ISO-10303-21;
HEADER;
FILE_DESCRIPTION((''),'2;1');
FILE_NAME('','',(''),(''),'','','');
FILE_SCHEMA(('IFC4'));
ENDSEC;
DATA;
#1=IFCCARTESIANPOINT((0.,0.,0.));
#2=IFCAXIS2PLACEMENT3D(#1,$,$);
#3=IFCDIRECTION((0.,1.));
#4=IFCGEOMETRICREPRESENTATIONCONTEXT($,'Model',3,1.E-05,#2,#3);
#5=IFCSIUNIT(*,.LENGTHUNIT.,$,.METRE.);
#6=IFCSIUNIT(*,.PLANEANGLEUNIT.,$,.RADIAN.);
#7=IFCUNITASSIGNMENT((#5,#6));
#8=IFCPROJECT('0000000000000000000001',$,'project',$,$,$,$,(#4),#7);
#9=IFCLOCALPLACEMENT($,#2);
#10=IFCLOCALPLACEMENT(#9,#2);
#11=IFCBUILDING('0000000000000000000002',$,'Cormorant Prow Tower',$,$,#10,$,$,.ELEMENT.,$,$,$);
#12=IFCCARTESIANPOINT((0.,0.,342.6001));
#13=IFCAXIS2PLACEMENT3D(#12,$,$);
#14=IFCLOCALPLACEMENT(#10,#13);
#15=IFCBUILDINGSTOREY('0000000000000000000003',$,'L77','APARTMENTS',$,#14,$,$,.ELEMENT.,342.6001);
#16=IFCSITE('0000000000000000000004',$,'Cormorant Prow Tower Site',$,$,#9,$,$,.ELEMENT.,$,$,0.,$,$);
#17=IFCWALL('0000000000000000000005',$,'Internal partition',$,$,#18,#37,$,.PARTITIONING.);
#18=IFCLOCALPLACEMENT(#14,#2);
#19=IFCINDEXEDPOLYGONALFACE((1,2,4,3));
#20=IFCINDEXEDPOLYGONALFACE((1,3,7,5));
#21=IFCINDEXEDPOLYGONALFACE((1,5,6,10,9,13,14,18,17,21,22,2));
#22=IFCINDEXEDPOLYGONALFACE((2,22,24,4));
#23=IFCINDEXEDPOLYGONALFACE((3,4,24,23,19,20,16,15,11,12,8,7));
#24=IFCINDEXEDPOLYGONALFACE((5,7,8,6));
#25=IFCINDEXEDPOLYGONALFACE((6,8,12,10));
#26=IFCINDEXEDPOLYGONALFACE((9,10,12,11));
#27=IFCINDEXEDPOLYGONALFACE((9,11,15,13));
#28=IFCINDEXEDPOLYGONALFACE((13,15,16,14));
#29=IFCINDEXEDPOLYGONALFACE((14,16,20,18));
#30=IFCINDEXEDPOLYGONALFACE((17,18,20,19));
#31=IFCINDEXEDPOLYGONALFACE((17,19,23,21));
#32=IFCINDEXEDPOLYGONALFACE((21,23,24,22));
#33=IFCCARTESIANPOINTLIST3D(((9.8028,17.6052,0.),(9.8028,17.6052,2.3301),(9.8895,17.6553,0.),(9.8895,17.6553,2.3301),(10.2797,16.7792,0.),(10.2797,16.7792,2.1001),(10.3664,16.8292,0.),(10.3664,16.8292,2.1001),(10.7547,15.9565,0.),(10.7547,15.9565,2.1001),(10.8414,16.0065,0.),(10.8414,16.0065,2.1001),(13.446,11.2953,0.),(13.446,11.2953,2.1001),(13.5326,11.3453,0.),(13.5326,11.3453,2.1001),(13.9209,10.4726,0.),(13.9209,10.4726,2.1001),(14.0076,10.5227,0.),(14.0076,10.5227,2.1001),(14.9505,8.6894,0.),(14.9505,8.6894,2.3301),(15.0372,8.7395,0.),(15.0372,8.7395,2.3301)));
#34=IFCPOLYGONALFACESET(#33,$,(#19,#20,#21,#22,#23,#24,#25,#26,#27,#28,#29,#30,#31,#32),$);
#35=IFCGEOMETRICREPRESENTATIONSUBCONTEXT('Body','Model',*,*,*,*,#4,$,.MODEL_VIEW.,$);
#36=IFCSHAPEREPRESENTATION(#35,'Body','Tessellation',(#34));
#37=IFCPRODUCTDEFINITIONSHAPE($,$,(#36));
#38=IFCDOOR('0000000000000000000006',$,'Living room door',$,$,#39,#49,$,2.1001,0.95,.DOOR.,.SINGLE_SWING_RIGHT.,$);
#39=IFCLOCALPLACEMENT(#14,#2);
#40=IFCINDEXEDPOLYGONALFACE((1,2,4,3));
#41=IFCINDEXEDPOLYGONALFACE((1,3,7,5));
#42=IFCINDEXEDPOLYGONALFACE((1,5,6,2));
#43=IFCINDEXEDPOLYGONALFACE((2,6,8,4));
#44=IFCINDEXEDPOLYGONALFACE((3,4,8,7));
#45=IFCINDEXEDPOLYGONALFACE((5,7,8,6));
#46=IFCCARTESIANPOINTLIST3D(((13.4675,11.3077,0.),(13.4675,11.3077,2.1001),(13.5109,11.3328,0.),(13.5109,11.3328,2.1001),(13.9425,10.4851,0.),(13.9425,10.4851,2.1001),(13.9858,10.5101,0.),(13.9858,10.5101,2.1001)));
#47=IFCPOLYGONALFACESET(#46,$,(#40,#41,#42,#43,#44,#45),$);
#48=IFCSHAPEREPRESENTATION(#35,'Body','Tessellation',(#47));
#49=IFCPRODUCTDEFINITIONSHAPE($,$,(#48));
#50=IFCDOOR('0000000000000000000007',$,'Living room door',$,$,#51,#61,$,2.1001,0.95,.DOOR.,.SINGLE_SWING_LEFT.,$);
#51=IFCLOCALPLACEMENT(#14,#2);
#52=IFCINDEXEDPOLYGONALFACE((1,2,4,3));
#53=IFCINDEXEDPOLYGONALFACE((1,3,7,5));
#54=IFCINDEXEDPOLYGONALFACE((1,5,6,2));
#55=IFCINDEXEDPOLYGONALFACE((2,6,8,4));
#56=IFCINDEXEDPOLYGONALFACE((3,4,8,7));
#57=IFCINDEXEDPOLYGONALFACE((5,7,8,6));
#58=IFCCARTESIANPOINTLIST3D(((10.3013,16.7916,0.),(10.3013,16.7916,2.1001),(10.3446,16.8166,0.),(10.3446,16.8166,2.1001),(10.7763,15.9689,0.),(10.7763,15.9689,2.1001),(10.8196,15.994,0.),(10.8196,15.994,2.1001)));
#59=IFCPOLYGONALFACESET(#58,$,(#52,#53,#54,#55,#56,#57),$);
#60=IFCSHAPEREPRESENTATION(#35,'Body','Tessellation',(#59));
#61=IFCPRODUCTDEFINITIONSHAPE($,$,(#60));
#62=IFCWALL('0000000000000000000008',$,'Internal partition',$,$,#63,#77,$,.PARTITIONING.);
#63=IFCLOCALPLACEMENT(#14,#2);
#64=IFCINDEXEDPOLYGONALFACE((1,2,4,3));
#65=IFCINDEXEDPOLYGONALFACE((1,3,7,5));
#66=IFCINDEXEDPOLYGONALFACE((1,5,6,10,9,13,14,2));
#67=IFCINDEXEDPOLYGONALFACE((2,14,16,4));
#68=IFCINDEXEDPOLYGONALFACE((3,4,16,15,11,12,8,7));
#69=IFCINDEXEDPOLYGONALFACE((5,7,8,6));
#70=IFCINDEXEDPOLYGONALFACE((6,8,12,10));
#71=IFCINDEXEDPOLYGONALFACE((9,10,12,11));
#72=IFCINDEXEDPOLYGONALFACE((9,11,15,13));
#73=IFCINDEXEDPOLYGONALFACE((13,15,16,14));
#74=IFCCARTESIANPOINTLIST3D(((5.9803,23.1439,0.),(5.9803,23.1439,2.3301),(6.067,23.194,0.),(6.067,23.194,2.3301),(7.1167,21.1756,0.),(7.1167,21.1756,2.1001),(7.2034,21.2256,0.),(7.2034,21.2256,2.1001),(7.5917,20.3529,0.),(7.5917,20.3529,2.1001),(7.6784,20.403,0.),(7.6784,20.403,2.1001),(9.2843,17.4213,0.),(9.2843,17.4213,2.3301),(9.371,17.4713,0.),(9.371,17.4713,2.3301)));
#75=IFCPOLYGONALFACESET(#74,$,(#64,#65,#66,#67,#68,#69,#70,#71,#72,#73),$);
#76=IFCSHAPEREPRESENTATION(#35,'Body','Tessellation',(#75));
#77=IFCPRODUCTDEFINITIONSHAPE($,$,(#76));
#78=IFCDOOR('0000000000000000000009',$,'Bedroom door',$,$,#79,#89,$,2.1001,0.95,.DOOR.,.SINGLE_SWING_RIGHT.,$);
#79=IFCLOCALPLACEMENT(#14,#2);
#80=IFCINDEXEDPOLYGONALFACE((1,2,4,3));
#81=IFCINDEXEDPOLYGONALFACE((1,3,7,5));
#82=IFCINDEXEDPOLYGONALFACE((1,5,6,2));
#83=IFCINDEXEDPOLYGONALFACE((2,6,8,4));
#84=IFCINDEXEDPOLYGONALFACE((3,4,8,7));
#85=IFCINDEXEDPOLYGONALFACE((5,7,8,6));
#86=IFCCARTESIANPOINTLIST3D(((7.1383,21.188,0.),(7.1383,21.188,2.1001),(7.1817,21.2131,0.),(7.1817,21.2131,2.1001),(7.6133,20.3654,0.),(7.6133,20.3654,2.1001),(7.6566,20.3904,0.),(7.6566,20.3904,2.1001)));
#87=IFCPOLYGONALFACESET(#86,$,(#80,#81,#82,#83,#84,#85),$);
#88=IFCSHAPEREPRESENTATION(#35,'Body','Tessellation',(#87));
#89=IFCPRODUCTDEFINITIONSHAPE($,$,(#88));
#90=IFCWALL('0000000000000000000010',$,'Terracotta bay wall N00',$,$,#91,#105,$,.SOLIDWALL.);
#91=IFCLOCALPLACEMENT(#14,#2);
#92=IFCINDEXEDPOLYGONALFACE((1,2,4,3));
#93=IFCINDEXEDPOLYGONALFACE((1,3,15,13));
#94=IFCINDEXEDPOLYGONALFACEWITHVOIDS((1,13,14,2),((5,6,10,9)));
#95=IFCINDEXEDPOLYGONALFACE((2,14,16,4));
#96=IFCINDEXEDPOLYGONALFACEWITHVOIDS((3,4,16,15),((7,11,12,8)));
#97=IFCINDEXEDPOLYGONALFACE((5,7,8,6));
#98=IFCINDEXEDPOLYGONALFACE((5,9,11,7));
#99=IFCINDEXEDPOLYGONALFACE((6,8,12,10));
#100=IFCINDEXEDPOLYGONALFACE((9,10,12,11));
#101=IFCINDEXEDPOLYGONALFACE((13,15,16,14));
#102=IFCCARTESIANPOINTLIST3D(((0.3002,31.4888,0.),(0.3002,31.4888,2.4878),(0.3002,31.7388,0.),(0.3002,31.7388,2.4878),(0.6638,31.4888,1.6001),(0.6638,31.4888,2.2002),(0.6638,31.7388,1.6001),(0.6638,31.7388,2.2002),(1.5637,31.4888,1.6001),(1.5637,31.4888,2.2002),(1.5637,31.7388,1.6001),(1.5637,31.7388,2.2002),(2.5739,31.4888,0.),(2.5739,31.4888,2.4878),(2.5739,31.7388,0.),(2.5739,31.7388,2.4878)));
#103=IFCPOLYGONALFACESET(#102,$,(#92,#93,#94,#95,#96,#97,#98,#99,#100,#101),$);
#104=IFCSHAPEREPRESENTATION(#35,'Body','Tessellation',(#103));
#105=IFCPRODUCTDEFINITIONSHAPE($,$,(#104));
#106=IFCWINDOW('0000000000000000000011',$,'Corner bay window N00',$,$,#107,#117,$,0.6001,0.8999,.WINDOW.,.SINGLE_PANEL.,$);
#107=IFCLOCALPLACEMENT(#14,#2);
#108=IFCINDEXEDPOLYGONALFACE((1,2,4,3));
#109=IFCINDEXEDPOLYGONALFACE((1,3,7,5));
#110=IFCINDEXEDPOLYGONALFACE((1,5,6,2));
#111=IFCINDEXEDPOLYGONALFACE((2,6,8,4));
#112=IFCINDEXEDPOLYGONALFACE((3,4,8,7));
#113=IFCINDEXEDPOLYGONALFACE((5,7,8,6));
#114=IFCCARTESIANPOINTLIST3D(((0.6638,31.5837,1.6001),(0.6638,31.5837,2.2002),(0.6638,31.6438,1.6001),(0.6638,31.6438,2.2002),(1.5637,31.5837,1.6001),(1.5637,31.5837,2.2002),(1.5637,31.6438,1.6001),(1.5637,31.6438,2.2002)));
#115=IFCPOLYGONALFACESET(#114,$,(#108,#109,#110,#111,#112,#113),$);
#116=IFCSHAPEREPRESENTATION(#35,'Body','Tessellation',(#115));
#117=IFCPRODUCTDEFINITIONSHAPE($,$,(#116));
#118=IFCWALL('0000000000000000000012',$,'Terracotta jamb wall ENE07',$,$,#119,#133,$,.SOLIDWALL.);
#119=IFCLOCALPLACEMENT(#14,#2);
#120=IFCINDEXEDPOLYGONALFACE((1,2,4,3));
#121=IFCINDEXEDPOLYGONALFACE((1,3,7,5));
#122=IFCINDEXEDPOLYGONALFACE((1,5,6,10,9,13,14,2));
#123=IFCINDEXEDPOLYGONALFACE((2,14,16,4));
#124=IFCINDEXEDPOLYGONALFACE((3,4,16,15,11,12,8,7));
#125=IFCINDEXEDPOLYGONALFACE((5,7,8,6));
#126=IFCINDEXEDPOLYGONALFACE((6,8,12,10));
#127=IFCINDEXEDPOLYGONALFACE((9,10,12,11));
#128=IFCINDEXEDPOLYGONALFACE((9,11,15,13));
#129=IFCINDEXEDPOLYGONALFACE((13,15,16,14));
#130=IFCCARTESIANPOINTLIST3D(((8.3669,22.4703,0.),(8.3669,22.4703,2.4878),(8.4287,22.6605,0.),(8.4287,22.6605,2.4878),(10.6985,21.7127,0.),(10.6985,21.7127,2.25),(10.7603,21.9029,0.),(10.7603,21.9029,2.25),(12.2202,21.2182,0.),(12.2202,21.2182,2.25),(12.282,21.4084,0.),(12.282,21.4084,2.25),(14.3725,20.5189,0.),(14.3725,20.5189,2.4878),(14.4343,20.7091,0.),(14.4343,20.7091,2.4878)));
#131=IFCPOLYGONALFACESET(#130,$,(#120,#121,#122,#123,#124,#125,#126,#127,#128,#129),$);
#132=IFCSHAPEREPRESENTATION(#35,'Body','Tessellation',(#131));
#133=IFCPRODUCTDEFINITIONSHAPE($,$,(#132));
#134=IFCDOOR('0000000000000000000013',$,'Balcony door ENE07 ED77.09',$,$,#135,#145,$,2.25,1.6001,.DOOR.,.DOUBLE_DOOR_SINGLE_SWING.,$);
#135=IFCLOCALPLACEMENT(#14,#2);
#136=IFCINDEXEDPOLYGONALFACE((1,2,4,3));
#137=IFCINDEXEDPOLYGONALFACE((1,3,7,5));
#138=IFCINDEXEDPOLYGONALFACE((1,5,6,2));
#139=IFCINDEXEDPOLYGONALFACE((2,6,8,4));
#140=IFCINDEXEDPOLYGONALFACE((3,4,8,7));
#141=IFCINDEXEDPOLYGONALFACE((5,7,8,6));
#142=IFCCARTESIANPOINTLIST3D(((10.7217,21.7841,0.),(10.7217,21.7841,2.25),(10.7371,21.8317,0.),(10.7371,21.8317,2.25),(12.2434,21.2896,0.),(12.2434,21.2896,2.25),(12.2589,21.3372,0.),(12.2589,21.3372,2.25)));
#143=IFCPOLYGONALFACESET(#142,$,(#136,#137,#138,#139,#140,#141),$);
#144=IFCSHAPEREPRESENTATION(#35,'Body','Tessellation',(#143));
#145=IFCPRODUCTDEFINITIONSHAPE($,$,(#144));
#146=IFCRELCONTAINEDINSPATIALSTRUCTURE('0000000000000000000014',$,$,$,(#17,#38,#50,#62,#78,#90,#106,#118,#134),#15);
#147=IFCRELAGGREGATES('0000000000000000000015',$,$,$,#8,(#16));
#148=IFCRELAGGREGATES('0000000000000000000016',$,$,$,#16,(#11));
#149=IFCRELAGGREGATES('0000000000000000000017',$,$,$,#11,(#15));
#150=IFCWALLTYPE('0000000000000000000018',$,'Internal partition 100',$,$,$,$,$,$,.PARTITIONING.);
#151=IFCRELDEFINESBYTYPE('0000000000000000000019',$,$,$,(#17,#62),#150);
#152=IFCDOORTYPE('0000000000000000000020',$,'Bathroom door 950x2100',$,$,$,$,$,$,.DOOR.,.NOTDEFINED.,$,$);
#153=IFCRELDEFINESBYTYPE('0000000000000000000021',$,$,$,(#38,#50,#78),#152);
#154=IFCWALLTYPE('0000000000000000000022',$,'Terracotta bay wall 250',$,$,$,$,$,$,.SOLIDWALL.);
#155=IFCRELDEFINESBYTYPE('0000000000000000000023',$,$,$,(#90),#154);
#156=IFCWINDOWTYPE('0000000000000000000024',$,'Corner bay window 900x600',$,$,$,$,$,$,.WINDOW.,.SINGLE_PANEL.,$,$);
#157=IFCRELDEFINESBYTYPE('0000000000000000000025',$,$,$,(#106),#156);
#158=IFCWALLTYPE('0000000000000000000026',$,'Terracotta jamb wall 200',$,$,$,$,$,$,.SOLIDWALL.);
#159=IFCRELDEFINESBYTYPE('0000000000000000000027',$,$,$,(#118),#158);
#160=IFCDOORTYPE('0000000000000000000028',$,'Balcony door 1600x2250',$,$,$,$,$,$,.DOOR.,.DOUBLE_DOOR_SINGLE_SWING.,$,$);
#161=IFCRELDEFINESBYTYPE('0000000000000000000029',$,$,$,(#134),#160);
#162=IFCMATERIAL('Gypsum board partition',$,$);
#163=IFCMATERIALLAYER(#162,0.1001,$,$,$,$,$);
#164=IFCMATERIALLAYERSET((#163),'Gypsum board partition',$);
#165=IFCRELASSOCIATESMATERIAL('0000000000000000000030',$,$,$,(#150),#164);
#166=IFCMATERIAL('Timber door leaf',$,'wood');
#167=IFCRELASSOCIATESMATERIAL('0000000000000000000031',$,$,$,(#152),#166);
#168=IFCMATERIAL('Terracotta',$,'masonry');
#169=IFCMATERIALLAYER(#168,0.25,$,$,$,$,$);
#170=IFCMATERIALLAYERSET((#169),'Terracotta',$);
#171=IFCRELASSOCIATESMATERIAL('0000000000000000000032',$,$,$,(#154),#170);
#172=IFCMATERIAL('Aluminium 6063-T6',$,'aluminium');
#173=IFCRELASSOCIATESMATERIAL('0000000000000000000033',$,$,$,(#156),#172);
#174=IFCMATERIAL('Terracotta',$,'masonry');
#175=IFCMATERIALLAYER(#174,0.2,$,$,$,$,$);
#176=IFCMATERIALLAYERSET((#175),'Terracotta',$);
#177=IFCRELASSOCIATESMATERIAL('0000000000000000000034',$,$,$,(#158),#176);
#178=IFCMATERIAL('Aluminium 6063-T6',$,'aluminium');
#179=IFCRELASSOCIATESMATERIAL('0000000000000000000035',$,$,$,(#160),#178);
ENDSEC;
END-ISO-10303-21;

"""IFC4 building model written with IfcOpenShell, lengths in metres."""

from ifc_helpers import new_model, si_unit, direction, frame, frame_2d, origin, place, context, subcontext, project, spatial, rectangle, extrude, material, layer, layer_set, type_object, element, fill, save


model = new_model("IFC4")

# Units and contexts
model_context = context("Model", 3, precision=1e-05, world=origin(), true_north=direction((0.0, 1.0)))
body_context = subcontext(model_context, "Body", "Model", "MODEL_VIEW")
ifc_project = project(units=[si_unit("LENGTHUNIT", "METRE"), si_unit("PLANEANGLEUNIT", "RADIAN")], contexts=[model_context])

# Site, building, storey
site_placement = place(None, origin())
site = spatial("IfcSite", under=ifc_project, at=site_placement, Name="Cormorant Prow Tower Site", CompositionType="ELEMENT", RefElevation=0.0)
building_placement = place(site_placement, origin())
building = spatial("IfcBuilding", under=site, at=building_placement, Name="Cormorant Prow Tower", CompositionType="ELEMENT")
storey_placement = place(building_placement, frame((0.0, 0.0, 342.6001)))
storey = spatial("IfcBuildingStorey", under=building, at=storey_placement, Name="L77", Description="APARTMENTS", CompositionType="ELEMENT", Elevation=342.6001)

# Wall, openings, doors
ifc_material_1 = material(Name="Gypsum board partition")
ifc_layer_1 = layer(ifc_material_1, 0.1001)
ifc_layer_set_1 = layer_set([ifc_layer_1], Name="Gypsum board partition")
wall_type_1 = type_object("IfcWallType", Name="Internal partition 100", PredefinedType="PARTITIONING", material=ifc_layer_set_1)
wall_1_placement = place(storey_placement, frame((9.8462, 17.6301, 0.0), z_axis=(0.0, 0.0, 1.0), x_axis=(0.500013, -0.866018, 0.0)))
wall_1 = element("IfcWall", 1, at=wall_1_placement, inside=storey, type_object=wall_type_1, Name="Internal partition", PredefinedType="PARTITIONING", context=body_context, shape_type="SweptSolid", body=[
    extrude(rectangle(XDim=10.2952, YDim=0.1001, at=frame_2d((5.1475, 0.0))), origin(), (0.0, 0.0, 1.0), 2.3301),
])
opening_1_placement = place(wall_1_placement, frame((7.2859, 0.0, 0.0)))
opening_1 = element("IfcOpeningElement", 2, at=opening_1_placement, cuts=wall_1, PredefinedType="OPENING", context=body_context, shape_type="SweptSolid", body=[
    extrude(rectangle(XDim=0.95, YDim=2.1001, at=frame_2d((0.4751, 1.05))), frame((0.0, 0.0601, 0.0), z_axis=(0.0, -1.0, 0.0), x_axis=(1.0, 0.0, 0.0)), (0.0, 0.0, 1.0), 0.1201),
])
opening_2_placement = place(wall_1_placement, frame((0.9536, 0.0, 0.0)))
opening_2 = element("IfcOpeningElement", 3, at=opening_2_placement, cuts=wall_1, PredefinedType="OPENING", context=body_context, shape_type="SweptSolid", body=[
    extrude(rectangle(XDim=0.95, YDim=2.1001, at=frame_2d((0.4751, 1.05))), frame((0.0, 0.0601, 0.0), z_axis=(0.0, -1.0, 0.0), x_axis=(1.0, 0.0, 0.0)), (0.0, 0.0, 1.0), 0.1201),
])
ifc_material_2 = material(Name="Timber door leaf", Category="wood")
door_type_1 = type_object("IfcDoorType", Name="Bathroom door 950x2100", OperationType="NOTDEFINED", PredefinedType="DOOR", material=ifc_material_2)
door_1_placement = place(opening_1_placement, origin())
door_1 = element("IfcDoor", 4, at=door_1_placement, inside=storey, type_object=door_type_1, Name="Living room door", OperationType="SINGLE_SWING_RIGHT", OverallHeight=2.1001, OverallWidth=0.95, PredefinedType="DOOR", context=body_context, shape_type="SweptSolid", body=[
    extrude(rectangle(XDim=0.95, YDim=2.1001, at=frame_2d((0.4751, 1.05))), frame((0.0, 0.0249, 0.0), z_axis=(0.0, -1.0, 0.0), x_axis=(1.0, 0.0, 0.0)), (0.0, 0.0, 1.0), 0.05),
])
fill(opening_1, door_1)
door_2_placement = place(opening_2_placement, origin())
door_2 = element("IfcDoor", 5, at=door_2_placement, inside=storey, type_object=door_type_1, Name="Living room door", OperationType="SINGLE_SWING_LEFT", OverallHeight=2.1001, OverallWidth=0.95, PredefinedType="DOOR", context=body_context, shape_type="SweptSolid", body=[
    extrude(rectangle(XDim=0.95, YDim=2.1001, at=frame_2d((0.4751, 1.05))), frame((0.0, 0.0249, 0.0), z_axis=(0.0, -1.0, 0.0), x_axis=(1.0, 0.0, 0.0)), (0.0, 0.0, 1.0), 0.05),
])
fill(opening_2, door_2)

# Wall, opening, door
wall_2_placement = place(storey_placement, frame((6.0237, 23.1689, 0.0), z_axis=(0.0, 0.0, 1.0), x_axis=(0.499997, -0.866027, 0.0)))
wall_2 = element("IfcWall", 6, at=wall_2_placement, inside=storey, type_object=wall_type_1, Name="Internal partition", PredefinedType="PARTITIONING", context=body_context, shape_type="SweptSolid", body=[
    extrude(rectangle(XDim=6.6079, YDim=0.1001, at=frame_2d((3.304, 0.0))), origin(), (0.0, 0.0, 1.0), 2.3301),
])
opening_3_placement = place(wall_2_placement, frame((2.2727, 0.0, 0.0)))
opening_3 = element("IfcOpeningElement", 7, at=opening_3_placement, cuts=wall_2, PredefinedType="OPENING", context=body_context, shape_type="SweptSolid", body=[
    extrude(rectangle(XDim=0.95, YDim=2.1001, at=frame_2d((0.4751, 1.05))), frame((0.0, 0.0601, 0.0), z_axis=(0.0, -1.0, 0.0), x_axis=(1.0, 0.0, 0.0)), (0.0, 0.0, 1.0), 0.1201),
])
door_3_placement = place(opening_3_placement, origin())
door_3 = element("IfcDoor", 8, at=door_3_placement, inside=storey, type_object=door_type_1, Name="Bedroom door", OperationType="SINGLE_SWING_RIGHT", OverallHeight=2.1001, OverallWidth=0.95, PredefinedType="DOOR", context=body_context, shape_type="SweptSolid", body=[
    extrude(rectangle(XDim=0.95, YDim=2.1001, at=frame_2d((0.4751, 1.05))), frame((0.0, 0.0249, 0.0), z_axis=(0.0, -1.0, 0.0), x_axis=(1.0, 0.0, 0.0)), (0.0, 0.0, 1.0), 0.05),
])
fill(opening_3, door_3)

# Wall, opening, window
ifc_material_3 = material(Name="Terracotta", Category="masonry")
ifc_layer_2 = layer(ifc_material_3, 0.25)
ifc_layer_set_2 = layer_set([ifc_layer_2], Name="Terracotta")
wall_type_2 = type_object("IfcWallType", Name="Terracotta bay wall 250", PredefinedType="SOLIDWALL", material=ifc_layer_set_2)
wall_3_placement = place(storey_placement, frame((2.5737, 31.6138, 0.0), z_axis=(0.0, 0.0, 1.0), x_axis=(-1.0, 0.0, 0.0)))
wall_3 = element("IfcWall", 9, at=wall_3_placement, inside=storey, type_object=wall_type_2, Name="Terracotta bay wall N00", PredefinedType="SOLIDWALL", context=body_context, shape_type="SweptSolid", body=[
    extrude(rectangle(XDim=2.2737, YDim=0.25, at=frame_2d((1.1367, 0.0))), origin(), (0.0, 0.0, 1.0), 2.4878),
])
opening_4_placement = place(wall_3_placement, frame((1.01, 0.0, 1.6001)))
opening_4 = element("IfcOpeningElement", 10, at=opening_4_placement, cuts=wall_3, PredefinedType="OPENING", context=body_context, shape_type="SweptSolid", body=[
    extrude(rectangle(XDim=0.8999, YDim=0.6001, at=frame_2d((0.45, 0.3))), frame((0.0, 0.135, 0.0), z_axis=(0.0, -1.0, 0.0), x_axis=(1.0, 0.0, 0.0)), (0.0, 0.0, 1.0), 0.27),
])
ifc_material_4 = material(Name="Aluminium 6063-T6", Category="aluminium")
window_type = type_object("IfcWindowType", Name="Corner bay window 900x600", PartitioningType="SINGLE_PANEL", PredefinedType="WINDOW", material=ifc_material_4)
window_placement = place(opening_4_placement, origin())
window = element("IfcWindow", 11, at=window_placement, inside=storey, type_object=window_type, Name="Corner bay window N00", OverallHeight=0.6001, OverallWidth=0.8999, PartitioningType="SINGLE_PANEL", PredefinedType="WINDOW", context=body_context, shape_type="SweptSolid", body=[
    extrude(rectangle(XDim=0.8999, YDim=0.6001, at=frame_2d((0.45, 0.3))), frame((0.0, 0.03, 0.0), z_axis=(0.0, -1.0, 0.0), x_axis=(1.0, 0.0, 0.0)), (0.0, 0.0, 1.0), 0.0601),
])
fill(opening_4, window)

# Wall, opening, door
ifc_material_5 = material(Name="Terracotta", Category="masonry")
ifc_layer_3 = layer(ifc_material_5, 0.2)
ifc_layer_set_3 = layer_set([ifc_layer_3], Name="Terracotta")
wall_type_3 = type_object("IfcWallType", Name="Terracotta jamb wall 200", PredefinedType="SOLIDWALL", material=ifc_layer_set_3)
wall_4_placement = place(storey_placement, frame((14.4033, 20.614, 0.0), z_axis=(0.0, 0.0, 1.0), x_axis=(-0.951053, 0.309027, 0.0)))
wall_4 = element("IfcWall", 12, at=wall_4_placement, inside=storey, type_object=wall_type_3, Name="Terracotta jamb wall ENE07", PredefinedType="SOLIDWALL", context=body_context, shape_type="SweptSolid", body=[
    extrude(rectangle(XDim=6.3147, YDim=0.2, at=frame_2d((3.1572, 0.0))), origin(), (0.0, 0.0, 1.0), 2.4878),
])
opening_5_placement = place(wall_4_placement, frame((2.2629, 0.0, 0.0)))
opening_5 = element("IfcOpeningElement", 13, at=opening_5_placement, cuts=wall_4, PredefinedType="OPENING", context=body_context, shape_type="SweptSolid", body=[
    extrude(rectangle(XDim=1.6001, YDim=2.25, at=frame_2d((0.8, 1.125))), frame((0.0, 0.1099, 0.0), z_axis=(0.0, -1.0, 0.0), x_axis=(1.0, 0.0, 0.0)), (0.0, 0.0, 1.0), 0.22),
])
ifc_material_6 = material(Name="Aluminium 6063-T6", Category="aluminium")
door_type_2 = type_object("IfcDoorType", Name="Balcony door 1600x2250", OperationType="DOUBLE_DOOR_SINGLE_SWING", PredefinedType="DOOR", material=ifc_material_6)
door_4_placement = place(opening_5_placement, origin())
door_4 = element("IfcDoor", 14, at=door_4_placement, inside=storey, type_object=door_type_2, Name="Balcony door ENE07 ED77.09", OperationType="DOUBLE_DOOR_SINGLE_SWING", OverallHeight=2.25, OverallWidth=1.6001, PredefinedType="DOOR", context=body_context, shape_type="SweptSolid", body=[
    extrude(rectangle(XDim=1.6001, YDim=2.25, at=frame_2d((0.8, 1.125))), frame((0.0, 0.0249, 0.0), z_axis=(0.0, -1.0, 0.0), x_axis=(1.0, 0.0, 0.0)), (0.0, 0.0, 1.0), 0.05),
])
fill(opening_5, door_4)

save(model, "model.ifc")
